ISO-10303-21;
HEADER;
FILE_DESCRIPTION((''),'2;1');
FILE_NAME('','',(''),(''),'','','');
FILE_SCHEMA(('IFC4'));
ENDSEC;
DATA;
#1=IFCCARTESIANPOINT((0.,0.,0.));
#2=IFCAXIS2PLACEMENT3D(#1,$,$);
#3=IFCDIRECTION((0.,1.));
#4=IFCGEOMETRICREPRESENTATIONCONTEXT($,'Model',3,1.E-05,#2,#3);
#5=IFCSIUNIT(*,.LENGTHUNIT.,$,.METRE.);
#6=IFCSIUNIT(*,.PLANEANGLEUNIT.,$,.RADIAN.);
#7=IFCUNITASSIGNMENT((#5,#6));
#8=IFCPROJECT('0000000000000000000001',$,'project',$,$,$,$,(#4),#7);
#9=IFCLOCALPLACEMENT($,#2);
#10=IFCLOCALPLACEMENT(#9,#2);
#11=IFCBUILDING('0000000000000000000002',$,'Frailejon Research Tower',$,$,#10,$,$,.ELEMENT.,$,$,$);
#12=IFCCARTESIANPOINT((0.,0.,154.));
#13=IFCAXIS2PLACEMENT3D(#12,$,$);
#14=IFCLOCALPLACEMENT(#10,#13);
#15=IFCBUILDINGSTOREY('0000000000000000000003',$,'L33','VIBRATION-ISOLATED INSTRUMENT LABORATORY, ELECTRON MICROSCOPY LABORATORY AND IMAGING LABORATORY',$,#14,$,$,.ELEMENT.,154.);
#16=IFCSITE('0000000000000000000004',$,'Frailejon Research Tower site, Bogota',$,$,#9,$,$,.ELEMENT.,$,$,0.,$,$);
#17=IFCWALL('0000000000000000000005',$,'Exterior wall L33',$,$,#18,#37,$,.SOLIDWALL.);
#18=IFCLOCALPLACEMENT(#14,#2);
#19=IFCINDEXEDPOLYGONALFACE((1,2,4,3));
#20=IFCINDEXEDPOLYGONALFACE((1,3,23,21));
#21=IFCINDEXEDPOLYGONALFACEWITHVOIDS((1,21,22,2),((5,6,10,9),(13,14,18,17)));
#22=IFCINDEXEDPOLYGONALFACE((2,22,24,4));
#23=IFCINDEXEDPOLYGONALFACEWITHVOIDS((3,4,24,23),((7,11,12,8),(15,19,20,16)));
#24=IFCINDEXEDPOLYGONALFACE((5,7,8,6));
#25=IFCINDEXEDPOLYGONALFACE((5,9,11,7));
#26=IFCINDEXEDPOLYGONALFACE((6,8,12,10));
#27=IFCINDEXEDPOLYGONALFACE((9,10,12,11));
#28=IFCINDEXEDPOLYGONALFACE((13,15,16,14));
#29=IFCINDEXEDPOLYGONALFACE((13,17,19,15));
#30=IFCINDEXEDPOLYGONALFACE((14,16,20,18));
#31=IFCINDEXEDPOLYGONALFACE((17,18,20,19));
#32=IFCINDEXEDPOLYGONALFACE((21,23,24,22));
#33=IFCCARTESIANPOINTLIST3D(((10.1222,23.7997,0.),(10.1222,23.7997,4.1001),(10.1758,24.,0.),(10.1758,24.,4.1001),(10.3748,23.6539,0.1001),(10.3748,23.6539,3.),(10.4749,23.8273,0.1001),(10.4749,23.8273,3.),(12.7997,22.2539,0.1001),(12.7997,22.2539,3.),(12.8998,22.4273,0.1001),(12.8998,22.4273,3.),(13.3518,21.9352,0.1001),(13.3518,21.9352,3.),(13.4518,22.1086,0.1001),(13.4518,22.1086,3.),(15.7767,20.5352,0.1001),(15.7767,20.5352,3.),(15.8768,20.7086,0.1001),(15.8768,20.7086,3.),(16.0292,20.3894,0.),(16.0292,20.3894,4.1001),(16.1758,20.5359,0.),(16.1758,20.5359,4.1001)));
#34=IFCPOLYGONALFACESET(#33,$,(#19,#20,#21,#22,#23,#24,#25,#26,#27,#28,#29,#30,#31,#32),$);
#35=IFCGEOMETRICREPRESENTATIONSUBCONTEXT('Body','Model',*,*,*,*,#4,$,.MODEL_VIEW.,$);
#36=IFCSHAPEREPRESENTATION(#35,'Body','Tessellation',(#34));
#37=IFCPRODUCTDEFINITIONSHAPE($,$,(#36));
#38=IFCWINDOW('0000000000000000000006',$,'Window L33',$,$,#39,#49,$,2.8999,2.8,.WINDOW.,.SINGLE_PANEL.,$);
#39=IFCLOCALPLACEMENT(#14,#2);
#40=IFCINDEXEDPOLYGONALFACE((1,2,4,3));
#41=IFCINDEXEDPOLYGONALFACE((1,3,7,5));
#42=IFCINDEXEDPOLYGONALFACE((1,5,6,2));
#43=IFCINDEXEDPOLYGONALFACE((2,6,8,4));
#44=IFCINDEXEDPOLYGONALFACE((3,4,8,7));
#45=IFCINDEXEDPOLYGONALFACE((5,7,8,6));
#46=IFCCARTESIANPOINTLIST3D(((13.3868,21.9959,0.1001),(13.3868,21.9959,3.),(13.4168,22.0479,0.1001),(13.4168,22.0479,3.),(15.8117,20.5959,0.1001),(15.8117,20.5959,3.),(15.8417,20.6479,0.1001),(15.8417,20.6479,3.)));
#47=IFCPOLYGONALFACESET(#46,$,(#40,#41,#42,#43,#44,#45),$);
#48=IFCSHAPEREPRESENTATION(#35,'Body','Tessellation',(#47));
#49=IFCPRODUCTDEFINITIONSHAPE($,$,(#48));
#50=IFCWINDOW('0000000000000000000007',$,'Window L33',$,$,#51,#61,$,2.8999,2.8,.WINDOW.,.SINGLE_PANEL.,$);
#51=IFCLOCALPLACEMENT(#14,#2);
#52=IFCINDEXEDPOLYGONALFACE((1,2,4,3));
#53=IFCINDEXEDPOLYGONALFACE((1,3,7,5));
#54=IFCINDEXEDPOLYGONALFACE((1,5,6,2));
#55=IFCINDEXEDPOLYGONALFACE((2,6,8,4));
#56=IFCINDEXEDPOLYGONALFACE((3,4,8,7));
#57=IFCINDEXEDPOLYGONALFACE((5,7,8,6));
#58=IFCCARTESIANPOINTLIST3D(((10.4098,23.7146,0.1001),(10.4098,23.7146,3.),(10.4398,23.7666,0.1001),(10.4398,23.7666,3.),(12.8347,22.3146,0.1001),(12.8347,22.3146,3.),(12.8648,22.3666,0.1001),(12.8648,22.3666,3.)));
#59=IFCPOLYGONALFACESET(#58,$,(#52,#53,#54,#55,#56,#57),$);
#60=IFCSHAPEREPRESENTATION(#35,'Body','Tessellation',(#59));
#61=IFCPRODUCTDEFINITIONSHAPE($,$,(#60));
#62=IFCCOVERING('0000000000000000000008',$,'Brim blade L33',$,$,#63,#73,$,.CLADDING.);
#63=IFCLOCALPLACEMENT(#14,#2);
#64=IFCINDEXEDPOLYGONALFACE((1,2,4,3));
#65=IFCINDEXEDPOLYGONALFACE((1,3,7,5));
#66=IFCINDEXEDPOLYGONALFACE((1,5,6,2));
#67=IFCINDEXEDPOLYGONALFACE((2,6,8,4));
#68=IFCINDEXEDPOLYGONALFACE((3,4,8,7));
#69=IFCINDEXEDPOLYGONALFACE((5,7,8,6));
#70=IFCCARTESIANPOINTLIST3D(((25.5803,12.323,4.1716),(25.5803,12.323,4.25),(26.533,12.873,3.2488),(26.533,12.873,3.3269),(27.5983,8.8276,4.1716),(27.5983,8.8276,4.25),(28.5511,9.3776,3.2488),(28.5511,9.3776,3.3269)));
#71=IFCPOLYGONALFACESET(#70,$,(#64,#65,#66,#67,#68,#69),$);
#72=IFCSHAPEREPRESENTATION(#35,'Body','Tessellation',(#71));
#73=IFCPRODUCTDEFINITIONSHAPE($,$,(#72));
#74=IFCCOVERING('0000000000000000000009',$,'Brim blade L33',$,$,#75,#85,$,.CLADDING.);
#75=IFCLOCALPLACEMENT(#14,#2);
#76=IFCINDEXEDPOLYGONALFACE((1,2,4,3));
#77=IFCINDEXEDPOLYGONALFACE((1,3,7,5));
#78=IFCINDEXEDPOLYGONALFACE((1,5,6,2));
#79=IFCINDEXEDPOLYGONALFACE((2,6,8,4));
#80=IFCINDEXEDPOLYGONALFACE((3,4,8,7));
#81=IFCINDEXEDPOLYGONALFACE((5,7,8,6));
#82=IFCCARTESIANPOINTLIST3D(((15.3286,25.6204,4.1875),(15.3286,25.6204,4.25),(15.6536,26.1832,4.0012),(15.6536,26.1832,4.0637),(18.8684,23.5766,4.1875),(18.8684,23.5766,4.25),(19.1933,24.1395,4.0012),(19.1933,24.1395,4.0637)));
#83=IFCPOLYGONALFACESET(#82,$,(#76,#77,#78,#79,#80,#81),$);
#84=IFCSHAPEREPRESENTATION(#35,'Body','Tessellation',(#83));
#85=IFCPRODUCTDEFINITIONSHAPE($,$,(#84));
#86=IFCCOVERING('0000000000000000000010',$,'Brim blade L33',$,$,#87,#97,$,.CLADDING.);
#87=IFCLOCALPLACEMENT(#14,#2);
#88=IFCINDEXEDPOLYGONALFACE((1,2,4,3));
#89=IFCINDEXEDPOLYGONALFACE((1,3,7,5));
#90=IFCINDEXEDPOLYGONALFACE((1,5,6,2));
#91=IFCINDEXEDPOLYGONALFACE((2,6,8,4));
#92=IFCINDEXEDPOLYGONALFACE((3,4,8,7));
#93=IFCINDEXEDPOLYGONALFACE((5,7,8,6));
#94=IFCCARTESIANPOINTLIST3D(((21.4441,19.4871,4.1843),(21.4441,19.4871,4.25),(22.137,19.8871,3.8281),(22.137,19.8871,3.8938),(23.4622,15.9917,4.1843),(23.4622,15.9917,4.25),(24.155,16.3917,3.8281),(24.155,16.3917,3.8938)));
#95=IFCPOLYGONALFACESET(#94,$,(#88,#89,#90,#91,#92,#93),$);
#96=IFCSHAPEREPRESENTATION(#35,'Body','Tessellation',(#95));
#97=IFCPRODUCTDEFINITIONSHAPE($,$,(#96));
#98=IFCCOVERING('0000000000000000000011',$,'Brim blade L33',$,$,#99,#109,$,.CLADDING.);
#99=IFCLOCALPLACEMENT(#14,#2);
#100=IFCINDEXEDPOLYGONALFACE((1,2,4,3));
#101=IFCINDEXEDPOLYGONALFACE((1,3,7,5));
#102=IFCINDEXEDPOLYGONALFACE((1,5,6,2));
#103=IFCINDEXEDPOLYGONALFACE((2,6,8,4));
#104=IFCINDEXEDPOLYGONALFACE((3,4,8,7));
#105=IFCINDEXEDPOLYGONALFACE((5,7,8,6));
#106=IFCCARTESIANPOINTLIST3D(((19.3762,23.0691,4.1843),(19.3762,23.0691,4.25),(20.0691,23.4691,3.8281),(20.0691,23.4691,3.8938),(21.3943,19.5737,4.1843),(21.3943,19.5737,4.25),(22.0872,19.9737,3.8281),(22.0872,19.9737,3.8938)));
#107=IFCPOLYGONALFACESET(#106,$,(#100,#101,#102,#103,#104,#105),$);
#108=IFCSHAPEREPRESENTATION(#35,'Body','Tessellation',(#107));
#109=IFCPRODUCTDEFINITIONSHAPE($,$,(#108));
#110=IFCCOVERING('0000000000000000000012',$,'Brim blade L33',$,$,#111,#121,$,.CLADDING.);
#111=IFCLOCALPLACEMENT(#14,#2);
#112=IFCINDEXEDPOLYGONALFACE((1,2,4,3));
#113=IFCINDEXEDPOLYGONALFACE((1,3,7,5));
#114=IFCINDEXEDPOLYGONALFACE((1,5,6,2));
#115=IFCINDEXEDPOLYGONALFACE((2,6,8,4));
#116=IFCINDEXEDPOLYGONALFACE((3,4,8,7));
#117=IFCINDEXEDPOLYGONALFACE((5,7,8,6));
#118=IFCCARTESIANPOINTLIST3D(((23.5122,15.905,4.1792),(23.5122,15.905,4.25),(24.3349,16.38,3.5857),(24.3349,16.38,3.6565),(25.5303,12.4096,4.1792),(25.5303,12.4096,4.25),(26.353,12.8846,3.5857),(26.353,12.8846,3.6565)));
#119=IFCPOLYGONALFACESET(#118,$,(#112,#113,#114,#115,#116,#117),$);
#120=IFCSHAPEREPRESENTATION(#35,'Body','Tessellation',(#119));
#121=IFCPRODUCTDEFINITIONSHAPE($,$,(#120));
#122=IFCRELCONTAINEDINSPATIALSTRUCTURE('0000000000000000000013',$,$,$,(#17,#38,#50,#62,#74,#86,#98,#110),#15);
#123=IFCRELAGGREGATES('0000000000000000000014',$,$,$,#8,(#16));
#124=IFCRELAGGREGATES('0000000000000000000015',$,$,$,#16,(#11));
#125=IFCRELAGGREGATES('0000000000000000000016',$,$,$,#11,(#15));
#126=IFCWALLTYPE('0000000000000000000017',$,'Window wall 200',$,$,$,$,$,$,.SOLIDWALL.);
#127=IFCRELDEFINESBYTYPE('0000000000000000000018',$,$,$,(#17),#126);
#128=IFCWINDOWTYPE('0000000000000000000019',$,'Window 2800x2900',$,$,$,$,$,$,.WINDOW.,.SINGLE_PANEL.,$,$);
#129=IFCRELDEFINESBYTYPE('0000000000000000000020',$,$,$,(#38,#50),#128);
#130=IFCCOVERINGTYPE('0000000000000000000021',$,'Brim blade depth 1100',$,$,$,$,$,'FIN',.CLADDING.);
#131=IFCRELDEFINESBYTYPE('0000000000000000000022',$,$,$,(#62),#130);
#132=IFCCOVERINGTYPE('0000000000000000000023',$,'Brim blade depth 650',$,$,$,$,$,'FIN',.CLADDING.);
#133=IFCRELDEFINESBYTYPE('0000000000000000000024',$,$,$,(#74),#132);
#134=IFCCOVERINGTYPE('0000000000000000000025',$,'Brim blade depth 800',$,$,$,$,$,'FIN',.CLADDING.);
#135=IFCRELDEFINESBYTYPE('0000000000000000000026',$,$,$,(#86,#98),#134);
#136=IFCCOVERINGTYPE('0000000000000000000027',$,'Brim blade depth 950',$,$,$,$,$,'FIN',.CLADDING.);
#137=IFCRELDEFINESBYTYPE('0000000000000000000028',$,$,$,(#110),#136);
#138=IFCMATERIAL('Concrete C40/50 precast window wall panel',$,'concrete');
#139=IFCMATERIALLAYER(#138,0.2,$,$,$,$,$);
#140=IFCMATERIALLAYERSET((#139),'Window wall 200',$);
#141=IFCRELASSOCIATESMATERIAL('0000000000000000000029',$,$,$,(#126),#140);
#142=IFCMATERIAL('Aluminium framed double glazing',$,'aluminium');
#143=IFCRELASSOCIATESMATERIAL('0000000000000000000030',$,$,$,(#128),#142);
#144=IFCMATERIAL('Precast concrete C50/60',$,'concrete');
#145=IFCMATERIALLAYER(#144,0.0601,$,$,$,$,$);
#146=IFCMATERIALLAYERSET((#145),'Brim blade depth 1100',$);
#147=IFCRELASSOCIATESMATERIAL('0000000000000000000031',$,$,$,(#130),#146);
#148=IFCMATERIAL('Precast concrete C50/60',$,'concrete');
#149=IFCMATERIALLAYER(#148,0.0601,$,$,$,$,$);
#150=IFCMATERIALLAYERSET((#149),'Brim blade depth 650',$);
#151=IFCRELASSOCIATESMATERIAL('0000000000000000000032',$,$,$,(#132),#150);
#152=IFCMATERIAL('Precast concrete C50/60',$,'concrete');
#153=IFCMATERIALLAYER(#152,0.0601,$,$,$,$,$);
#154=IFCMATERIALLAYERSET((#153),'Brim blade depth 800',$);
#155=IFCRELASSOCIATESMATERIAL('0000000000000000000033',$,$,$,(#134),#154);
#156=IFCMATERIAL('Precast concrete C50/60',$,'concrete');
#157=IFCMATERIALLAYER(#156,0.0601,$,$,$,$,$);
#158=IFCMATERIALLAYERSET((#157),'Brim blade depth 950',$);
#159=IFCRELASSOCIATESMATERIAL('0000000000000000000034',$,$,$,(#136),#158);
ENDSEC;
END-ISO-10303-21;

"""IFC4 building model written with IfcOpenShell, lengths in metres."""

from ifc_helpers import new_model, si_unit, direction, frame, frame_2d, origin, place, context, subcontext, project, spatial, polyline, rectangle, outline, extrude, material, layer, layer_set, type_object, element, fill, save


model = new_model("IFC4")

# Units and contexts
model_context = context("Model", 3, precision=1e-05, world=origin(), true_north=direction((0.0, 1.0)))
body_context = subcontext(model_context, "Body", "Model", "MODEL_VIEW")
ifc_project = project(units=[si_unit("LENGTHUNIT", "METRE"), si_unit("PLANEANGLEUNIT", "RADIAN")], contexts=[model_context])

# Site, building, storey
site_placement = place(None, origin())
site = spatial("IfcSite", under=ifc_project, at=site_placement, Name="Frailejon Research Tower site, Bogota", CompositionType="ELEMENT", RefElevation=0.0)
building_placement = place(site_placement, origin())
building = spatial("IfcBuilding", under=site, at=building_placement, Name="Frailejon Research Tower", CompositionType="ELEMENT")
storey_placement = place(building_placement, frame((0.0, 0.0, 154.0)))
storey = spatial("IfcBuildingStorey", under=building, at=storey_placement, Name="L33", Description="VIBRATION-ISOLATED INSTRUMENT LABORATORY, ELECTRON MICROSCOPY LABORATORY AND IMAGING LABORATORY", CompositionType="ELEMENT", Elevation=154.0)

# Wall, openings, windows
ifc_material_1 = material(Name="Concrete C40/50 precast window wall panel", Category="concrete")
ifc_layer_1 = layer(ifc_material_1, 0.2)
ifc_layer_set_1 = layer_set([ifc_layer_1], Name="Window wall 200")
wall_type = type_object("IfcWallType", Name="Window wall 200", PredefinedType="SOLIDWALL", material=ifc_layer_set_1)
wall_placement = place(storey_placement, frame((16.1025, 20.4626, 0.0), z_axis=(0.0, 0.0, 1.0), x_axis=(-0.866029, 0.499993, 0.0)))
wall = element("IfcWall", 1, at=wall_placement, inside=storey, type_object=wall_type, Name="Exterior wall L33", PredefinedType="SOLIDWALL", context=body_context, shape_type="SweptSolid", body=[
    extrude(outline(polyline([(-0.0269, -0.1001), (1.1279, -0.1001), (2.2825, -0.1001), (3.4373, -0.1001), (4.592, -0.1001), (5.7466, -0.1001), (6.9014, -0.1001), (6.8477, 0.1001), (5.7109, 0.1001), (4.574, 0.1001), (3.4373, 0.1001), (2.3005, 0.1001), (1.1636, 0.1001), (0.0269, 0.1001), (-0.0269, -0.1001)])), origin(), (0.0, 0.0, 1.0), 4.1001),
])
opening_1_placement = place(wall_placement, frame((0.3186, 0.0, 0.1001)))
opening_1 = element("IfcOpeningElement", 2, at=opening_1_placement, cuts=wall, PredefinedType="OPENING", context=body_context, shape_type="SweptSolid", body=[
    extrude(rectangle(XDim=2.8, YDim=2.8999, at=frame_2d((1.3999, 1.45))), frame((0.0, 0.1099, 0.0), z_axis=(0.0, -1.0, 0.0), x_axis=(1.0, 0.0, 0.0)), (0.0, 0.0, 1.0), 0.22),
])
opening_2_placement = place(wall_placement, frame((3.7561, 0.0, 0.1001)))
opening_2 = element("IfcOpeningElement", 3, at=opening_2_placement, cuts=wall, PredefinedType="OPENING", context=body_context, shape_type="SweptSolid", body=[
    extrude(rectangle(XDim=2.8, YDim=2.8999, at=frame_2d((1.3999, 1.45))), frame((0.0, 0.1099, 0.0), z_axis=(0.0, -1.0, 0.0), x_axis=(1.0, 0.0, 0.0)), (0.0, 0.0, 1.0), 0.22),
])
ifc_material_2 = material(Name="Aluminium framed double glazing", Category="aluminium")
window_type = type_object("IfcWindowType", Name="Window 2800x2900", PartitioningType="SINGLE_PANEL", PredefinedType="WINDOW", material=ifc_material_2)
window_1_placement = place(opening_1_placement, origin())
window_1 = element("IfcWindow", 4, at=window_1_placement, inside=storey, type_object=window_type, Name="Window L33", OverallHeight=2.8999, OverallWidth=2.8, PartitioningType="SINGLE_PANEL", PredefinedType="WINDOW", context=body_context, shape_type="SweptSolid", body=[
    extrude(rectangle(XDim=2.8, YDim=2.8999, at=frame_2d((1.3999, 1.45))), frame((0.0, 0.03, 0.0), z_axis=(0.0, -1.0, 0.0), x_axis=(1.0, 0.0, 0.0)), (0.0, 0.0, 1.0), 0.0601),
])
fill(opening_1, window_1)
window_2_placement = place(opening_2_placement, origin())
window_2 = element("IfcWindow", 5, at=window_2_placement, inside=storey, type_object=window_type, Name="Window L33", OverallHeight=2.8999, OverallWidth=2.8, PartitioningType="SINGLE_PANEL", PredefinedType="WINDOW", context=body_context, shape_type="SweptSolid", body=[
    extrude(rectangle(XDim=2.8, YDim=2.8999, at=frame_2d((1.3999, 1.45))), frame((0.0, 0.03, 0.0), z_axis=(0.0, -1.0, 0.0), x_axis=(1.0, 0.0, 0.0)), (0.0, 0.0, 1.0), 0.0601),
])
fill(opening_2, window_2)

# Coverings
ifc_material_3 = material(Name="Precast concrete C50/60", Category="concrete")
ifc_layer_2 = layer(ifc_material_3, 0.0601)
ifc_layer_set_2 = layer_set([ifc_layer_2], Name="Brim blade depth 1100")
covering_type_1 = type_object("IfcCoveringType", Name="Brim blade depth 1100", ElementType="FIN", PredefinedType="CLADDING", material=ifc_layer_set_2)
covering_1_placement = place(storey_placement, frame((25.5803, 12.323, 4.25), z_axis=(0.499988, -0.866033, 0.0), x_axis=(0.866033, 0.499988, 0.0)))
element("IfcCovering", 6, at=covering_1_placement, inside=storey, type_object=covering_type_1, Name="Brim blade L33", PredefinedType="CLADDING", context=body_context, shape_type="SweptSolid", body=[
    extrude(outline(polyline([(0.0, -0.0784), (1.1001, -1.0012), (1.1001, -0.9231), (0.0, 0.0), (0.0, -0.0784)])), origin(), (0.0, 0.0, 1.0), 4.0361),
])
ifc_material_4 = material(Name="Precast concrete C50/60", Category="concrete")
ifc_layer_3 = layer(ifc_material_4, 0.0601)
ifc_layer_set_3 = layer_set([ifc_layer_3], Name="Brim blade depth 650")
covering_type_2 = type_object("IfcCoveringType", Name="Brim blade depth 650", ElementType="FIN", PredefinedType="CLADDING", material=ifc_layer_set_3)
covering_2_placement = place(storey_placement, frame((15.3286, 25.6204, 4.25), z_axis=(0.866021, -0.500007, 0.0), x_axis=(0.500007, 0.866021, 0.0)))
element("IfcCovering", 7, at=covering_2_placement, inside=storey, type_object=covering_type_2, Name="Brim blade L33", PredefinedType="CLADDING", context=body_context, shape_type="SweptSolid", body=[
    extrude(outline(polyline([(0.0, -0.0625), (0.6499, -0.2488), (0.6499, -0.1863), (0.0, 0.0), (0.0, -0.0625)])), origin(), (0.0, 0.0, 1.0), 4.0874),
])
ifc_material_5 = material(Name="Precast concrete C50/60", Category="concrete")
ifc_layer_4 = layer(ifc_material_5, 0.0601)
ifc_layer_set_4 = layer_set([ifc_layer_4], Name="Brim blade depth 800")
covering_type_3 = type_object("IfcCoveringType", Name="Brim blade depth 800", ElementType="FIN", PredefinedType="CLADDING", material=ifc_layer_set_4)
for number, where, z_axis, x_axis, name in (
    (8, (21.4441, 19.4871, 4.25), (0.500006, -0.866022, 0.0), (0.866022, 0.500006, 0.0), "Brim blade L33"),
    (9, (19.3762, 23.0691, 4.25), (0.500006, -0.866022, 0.0), (0.866022, 0.500006, 0.0), "Brim blade L33"),
):
    element("IfcCovering", number, at=place(storey_placement, frame(where, z_axis=z_axis, x_axis=x_axis)), inside=storey, type_object=covering_type_3, Name=name, PredefinedType="CLADDING", context=body_context, shape_type="SweptSolid", body=[
        extrude(outline(polyline([(0.0, -0.0657), (0.8, -0.4219), (0.8, -0.3562), (0.0, 0.0), (0.0, -0.0657)])), origin(), (0.0, 0.0, 1.0), 4.0361),
    ])
ifc_material_6 = material(Name="Precast concrete C50/60", Category="concrete")
ifc_layer_5 = layer(ifc_material_6, 0.0601)
ifc_layer_set_5 = layer_set([ifc_layer_5], Name="Brim blade depth 950")
covering_type_4 = type_object("IfcCoveringType", Name="Brim blade depth 950", ElementType="FIN", PredefinedType="CLADDING", material=ifc_layer_set_5)
covering_3_placement = place(storey_placement, frame((23.5122, 15.905, 4.25), z_axis=(0.500006, -0.866022, 0.0), x_axis=(0.866022, 0.500006, 0.0)))
element("IfcCovering", 10, at=covering_3_placement, inside=storey, type_object=covering_type_4, Name="Brim blade L33", PredefinedType="CLADDING", context=body_context, shape_type="SweptSolid", body=[
    extrude(outline(polyline([(0.0, -0.0708), (0.95, -0.6643), (0.95, -0.5935), (0.0, 0.0), (0.0, -0.0708)])), origin(), (0.0, 0.0, 1.0), 4.0361),
])

save(model, "model.ifc")
